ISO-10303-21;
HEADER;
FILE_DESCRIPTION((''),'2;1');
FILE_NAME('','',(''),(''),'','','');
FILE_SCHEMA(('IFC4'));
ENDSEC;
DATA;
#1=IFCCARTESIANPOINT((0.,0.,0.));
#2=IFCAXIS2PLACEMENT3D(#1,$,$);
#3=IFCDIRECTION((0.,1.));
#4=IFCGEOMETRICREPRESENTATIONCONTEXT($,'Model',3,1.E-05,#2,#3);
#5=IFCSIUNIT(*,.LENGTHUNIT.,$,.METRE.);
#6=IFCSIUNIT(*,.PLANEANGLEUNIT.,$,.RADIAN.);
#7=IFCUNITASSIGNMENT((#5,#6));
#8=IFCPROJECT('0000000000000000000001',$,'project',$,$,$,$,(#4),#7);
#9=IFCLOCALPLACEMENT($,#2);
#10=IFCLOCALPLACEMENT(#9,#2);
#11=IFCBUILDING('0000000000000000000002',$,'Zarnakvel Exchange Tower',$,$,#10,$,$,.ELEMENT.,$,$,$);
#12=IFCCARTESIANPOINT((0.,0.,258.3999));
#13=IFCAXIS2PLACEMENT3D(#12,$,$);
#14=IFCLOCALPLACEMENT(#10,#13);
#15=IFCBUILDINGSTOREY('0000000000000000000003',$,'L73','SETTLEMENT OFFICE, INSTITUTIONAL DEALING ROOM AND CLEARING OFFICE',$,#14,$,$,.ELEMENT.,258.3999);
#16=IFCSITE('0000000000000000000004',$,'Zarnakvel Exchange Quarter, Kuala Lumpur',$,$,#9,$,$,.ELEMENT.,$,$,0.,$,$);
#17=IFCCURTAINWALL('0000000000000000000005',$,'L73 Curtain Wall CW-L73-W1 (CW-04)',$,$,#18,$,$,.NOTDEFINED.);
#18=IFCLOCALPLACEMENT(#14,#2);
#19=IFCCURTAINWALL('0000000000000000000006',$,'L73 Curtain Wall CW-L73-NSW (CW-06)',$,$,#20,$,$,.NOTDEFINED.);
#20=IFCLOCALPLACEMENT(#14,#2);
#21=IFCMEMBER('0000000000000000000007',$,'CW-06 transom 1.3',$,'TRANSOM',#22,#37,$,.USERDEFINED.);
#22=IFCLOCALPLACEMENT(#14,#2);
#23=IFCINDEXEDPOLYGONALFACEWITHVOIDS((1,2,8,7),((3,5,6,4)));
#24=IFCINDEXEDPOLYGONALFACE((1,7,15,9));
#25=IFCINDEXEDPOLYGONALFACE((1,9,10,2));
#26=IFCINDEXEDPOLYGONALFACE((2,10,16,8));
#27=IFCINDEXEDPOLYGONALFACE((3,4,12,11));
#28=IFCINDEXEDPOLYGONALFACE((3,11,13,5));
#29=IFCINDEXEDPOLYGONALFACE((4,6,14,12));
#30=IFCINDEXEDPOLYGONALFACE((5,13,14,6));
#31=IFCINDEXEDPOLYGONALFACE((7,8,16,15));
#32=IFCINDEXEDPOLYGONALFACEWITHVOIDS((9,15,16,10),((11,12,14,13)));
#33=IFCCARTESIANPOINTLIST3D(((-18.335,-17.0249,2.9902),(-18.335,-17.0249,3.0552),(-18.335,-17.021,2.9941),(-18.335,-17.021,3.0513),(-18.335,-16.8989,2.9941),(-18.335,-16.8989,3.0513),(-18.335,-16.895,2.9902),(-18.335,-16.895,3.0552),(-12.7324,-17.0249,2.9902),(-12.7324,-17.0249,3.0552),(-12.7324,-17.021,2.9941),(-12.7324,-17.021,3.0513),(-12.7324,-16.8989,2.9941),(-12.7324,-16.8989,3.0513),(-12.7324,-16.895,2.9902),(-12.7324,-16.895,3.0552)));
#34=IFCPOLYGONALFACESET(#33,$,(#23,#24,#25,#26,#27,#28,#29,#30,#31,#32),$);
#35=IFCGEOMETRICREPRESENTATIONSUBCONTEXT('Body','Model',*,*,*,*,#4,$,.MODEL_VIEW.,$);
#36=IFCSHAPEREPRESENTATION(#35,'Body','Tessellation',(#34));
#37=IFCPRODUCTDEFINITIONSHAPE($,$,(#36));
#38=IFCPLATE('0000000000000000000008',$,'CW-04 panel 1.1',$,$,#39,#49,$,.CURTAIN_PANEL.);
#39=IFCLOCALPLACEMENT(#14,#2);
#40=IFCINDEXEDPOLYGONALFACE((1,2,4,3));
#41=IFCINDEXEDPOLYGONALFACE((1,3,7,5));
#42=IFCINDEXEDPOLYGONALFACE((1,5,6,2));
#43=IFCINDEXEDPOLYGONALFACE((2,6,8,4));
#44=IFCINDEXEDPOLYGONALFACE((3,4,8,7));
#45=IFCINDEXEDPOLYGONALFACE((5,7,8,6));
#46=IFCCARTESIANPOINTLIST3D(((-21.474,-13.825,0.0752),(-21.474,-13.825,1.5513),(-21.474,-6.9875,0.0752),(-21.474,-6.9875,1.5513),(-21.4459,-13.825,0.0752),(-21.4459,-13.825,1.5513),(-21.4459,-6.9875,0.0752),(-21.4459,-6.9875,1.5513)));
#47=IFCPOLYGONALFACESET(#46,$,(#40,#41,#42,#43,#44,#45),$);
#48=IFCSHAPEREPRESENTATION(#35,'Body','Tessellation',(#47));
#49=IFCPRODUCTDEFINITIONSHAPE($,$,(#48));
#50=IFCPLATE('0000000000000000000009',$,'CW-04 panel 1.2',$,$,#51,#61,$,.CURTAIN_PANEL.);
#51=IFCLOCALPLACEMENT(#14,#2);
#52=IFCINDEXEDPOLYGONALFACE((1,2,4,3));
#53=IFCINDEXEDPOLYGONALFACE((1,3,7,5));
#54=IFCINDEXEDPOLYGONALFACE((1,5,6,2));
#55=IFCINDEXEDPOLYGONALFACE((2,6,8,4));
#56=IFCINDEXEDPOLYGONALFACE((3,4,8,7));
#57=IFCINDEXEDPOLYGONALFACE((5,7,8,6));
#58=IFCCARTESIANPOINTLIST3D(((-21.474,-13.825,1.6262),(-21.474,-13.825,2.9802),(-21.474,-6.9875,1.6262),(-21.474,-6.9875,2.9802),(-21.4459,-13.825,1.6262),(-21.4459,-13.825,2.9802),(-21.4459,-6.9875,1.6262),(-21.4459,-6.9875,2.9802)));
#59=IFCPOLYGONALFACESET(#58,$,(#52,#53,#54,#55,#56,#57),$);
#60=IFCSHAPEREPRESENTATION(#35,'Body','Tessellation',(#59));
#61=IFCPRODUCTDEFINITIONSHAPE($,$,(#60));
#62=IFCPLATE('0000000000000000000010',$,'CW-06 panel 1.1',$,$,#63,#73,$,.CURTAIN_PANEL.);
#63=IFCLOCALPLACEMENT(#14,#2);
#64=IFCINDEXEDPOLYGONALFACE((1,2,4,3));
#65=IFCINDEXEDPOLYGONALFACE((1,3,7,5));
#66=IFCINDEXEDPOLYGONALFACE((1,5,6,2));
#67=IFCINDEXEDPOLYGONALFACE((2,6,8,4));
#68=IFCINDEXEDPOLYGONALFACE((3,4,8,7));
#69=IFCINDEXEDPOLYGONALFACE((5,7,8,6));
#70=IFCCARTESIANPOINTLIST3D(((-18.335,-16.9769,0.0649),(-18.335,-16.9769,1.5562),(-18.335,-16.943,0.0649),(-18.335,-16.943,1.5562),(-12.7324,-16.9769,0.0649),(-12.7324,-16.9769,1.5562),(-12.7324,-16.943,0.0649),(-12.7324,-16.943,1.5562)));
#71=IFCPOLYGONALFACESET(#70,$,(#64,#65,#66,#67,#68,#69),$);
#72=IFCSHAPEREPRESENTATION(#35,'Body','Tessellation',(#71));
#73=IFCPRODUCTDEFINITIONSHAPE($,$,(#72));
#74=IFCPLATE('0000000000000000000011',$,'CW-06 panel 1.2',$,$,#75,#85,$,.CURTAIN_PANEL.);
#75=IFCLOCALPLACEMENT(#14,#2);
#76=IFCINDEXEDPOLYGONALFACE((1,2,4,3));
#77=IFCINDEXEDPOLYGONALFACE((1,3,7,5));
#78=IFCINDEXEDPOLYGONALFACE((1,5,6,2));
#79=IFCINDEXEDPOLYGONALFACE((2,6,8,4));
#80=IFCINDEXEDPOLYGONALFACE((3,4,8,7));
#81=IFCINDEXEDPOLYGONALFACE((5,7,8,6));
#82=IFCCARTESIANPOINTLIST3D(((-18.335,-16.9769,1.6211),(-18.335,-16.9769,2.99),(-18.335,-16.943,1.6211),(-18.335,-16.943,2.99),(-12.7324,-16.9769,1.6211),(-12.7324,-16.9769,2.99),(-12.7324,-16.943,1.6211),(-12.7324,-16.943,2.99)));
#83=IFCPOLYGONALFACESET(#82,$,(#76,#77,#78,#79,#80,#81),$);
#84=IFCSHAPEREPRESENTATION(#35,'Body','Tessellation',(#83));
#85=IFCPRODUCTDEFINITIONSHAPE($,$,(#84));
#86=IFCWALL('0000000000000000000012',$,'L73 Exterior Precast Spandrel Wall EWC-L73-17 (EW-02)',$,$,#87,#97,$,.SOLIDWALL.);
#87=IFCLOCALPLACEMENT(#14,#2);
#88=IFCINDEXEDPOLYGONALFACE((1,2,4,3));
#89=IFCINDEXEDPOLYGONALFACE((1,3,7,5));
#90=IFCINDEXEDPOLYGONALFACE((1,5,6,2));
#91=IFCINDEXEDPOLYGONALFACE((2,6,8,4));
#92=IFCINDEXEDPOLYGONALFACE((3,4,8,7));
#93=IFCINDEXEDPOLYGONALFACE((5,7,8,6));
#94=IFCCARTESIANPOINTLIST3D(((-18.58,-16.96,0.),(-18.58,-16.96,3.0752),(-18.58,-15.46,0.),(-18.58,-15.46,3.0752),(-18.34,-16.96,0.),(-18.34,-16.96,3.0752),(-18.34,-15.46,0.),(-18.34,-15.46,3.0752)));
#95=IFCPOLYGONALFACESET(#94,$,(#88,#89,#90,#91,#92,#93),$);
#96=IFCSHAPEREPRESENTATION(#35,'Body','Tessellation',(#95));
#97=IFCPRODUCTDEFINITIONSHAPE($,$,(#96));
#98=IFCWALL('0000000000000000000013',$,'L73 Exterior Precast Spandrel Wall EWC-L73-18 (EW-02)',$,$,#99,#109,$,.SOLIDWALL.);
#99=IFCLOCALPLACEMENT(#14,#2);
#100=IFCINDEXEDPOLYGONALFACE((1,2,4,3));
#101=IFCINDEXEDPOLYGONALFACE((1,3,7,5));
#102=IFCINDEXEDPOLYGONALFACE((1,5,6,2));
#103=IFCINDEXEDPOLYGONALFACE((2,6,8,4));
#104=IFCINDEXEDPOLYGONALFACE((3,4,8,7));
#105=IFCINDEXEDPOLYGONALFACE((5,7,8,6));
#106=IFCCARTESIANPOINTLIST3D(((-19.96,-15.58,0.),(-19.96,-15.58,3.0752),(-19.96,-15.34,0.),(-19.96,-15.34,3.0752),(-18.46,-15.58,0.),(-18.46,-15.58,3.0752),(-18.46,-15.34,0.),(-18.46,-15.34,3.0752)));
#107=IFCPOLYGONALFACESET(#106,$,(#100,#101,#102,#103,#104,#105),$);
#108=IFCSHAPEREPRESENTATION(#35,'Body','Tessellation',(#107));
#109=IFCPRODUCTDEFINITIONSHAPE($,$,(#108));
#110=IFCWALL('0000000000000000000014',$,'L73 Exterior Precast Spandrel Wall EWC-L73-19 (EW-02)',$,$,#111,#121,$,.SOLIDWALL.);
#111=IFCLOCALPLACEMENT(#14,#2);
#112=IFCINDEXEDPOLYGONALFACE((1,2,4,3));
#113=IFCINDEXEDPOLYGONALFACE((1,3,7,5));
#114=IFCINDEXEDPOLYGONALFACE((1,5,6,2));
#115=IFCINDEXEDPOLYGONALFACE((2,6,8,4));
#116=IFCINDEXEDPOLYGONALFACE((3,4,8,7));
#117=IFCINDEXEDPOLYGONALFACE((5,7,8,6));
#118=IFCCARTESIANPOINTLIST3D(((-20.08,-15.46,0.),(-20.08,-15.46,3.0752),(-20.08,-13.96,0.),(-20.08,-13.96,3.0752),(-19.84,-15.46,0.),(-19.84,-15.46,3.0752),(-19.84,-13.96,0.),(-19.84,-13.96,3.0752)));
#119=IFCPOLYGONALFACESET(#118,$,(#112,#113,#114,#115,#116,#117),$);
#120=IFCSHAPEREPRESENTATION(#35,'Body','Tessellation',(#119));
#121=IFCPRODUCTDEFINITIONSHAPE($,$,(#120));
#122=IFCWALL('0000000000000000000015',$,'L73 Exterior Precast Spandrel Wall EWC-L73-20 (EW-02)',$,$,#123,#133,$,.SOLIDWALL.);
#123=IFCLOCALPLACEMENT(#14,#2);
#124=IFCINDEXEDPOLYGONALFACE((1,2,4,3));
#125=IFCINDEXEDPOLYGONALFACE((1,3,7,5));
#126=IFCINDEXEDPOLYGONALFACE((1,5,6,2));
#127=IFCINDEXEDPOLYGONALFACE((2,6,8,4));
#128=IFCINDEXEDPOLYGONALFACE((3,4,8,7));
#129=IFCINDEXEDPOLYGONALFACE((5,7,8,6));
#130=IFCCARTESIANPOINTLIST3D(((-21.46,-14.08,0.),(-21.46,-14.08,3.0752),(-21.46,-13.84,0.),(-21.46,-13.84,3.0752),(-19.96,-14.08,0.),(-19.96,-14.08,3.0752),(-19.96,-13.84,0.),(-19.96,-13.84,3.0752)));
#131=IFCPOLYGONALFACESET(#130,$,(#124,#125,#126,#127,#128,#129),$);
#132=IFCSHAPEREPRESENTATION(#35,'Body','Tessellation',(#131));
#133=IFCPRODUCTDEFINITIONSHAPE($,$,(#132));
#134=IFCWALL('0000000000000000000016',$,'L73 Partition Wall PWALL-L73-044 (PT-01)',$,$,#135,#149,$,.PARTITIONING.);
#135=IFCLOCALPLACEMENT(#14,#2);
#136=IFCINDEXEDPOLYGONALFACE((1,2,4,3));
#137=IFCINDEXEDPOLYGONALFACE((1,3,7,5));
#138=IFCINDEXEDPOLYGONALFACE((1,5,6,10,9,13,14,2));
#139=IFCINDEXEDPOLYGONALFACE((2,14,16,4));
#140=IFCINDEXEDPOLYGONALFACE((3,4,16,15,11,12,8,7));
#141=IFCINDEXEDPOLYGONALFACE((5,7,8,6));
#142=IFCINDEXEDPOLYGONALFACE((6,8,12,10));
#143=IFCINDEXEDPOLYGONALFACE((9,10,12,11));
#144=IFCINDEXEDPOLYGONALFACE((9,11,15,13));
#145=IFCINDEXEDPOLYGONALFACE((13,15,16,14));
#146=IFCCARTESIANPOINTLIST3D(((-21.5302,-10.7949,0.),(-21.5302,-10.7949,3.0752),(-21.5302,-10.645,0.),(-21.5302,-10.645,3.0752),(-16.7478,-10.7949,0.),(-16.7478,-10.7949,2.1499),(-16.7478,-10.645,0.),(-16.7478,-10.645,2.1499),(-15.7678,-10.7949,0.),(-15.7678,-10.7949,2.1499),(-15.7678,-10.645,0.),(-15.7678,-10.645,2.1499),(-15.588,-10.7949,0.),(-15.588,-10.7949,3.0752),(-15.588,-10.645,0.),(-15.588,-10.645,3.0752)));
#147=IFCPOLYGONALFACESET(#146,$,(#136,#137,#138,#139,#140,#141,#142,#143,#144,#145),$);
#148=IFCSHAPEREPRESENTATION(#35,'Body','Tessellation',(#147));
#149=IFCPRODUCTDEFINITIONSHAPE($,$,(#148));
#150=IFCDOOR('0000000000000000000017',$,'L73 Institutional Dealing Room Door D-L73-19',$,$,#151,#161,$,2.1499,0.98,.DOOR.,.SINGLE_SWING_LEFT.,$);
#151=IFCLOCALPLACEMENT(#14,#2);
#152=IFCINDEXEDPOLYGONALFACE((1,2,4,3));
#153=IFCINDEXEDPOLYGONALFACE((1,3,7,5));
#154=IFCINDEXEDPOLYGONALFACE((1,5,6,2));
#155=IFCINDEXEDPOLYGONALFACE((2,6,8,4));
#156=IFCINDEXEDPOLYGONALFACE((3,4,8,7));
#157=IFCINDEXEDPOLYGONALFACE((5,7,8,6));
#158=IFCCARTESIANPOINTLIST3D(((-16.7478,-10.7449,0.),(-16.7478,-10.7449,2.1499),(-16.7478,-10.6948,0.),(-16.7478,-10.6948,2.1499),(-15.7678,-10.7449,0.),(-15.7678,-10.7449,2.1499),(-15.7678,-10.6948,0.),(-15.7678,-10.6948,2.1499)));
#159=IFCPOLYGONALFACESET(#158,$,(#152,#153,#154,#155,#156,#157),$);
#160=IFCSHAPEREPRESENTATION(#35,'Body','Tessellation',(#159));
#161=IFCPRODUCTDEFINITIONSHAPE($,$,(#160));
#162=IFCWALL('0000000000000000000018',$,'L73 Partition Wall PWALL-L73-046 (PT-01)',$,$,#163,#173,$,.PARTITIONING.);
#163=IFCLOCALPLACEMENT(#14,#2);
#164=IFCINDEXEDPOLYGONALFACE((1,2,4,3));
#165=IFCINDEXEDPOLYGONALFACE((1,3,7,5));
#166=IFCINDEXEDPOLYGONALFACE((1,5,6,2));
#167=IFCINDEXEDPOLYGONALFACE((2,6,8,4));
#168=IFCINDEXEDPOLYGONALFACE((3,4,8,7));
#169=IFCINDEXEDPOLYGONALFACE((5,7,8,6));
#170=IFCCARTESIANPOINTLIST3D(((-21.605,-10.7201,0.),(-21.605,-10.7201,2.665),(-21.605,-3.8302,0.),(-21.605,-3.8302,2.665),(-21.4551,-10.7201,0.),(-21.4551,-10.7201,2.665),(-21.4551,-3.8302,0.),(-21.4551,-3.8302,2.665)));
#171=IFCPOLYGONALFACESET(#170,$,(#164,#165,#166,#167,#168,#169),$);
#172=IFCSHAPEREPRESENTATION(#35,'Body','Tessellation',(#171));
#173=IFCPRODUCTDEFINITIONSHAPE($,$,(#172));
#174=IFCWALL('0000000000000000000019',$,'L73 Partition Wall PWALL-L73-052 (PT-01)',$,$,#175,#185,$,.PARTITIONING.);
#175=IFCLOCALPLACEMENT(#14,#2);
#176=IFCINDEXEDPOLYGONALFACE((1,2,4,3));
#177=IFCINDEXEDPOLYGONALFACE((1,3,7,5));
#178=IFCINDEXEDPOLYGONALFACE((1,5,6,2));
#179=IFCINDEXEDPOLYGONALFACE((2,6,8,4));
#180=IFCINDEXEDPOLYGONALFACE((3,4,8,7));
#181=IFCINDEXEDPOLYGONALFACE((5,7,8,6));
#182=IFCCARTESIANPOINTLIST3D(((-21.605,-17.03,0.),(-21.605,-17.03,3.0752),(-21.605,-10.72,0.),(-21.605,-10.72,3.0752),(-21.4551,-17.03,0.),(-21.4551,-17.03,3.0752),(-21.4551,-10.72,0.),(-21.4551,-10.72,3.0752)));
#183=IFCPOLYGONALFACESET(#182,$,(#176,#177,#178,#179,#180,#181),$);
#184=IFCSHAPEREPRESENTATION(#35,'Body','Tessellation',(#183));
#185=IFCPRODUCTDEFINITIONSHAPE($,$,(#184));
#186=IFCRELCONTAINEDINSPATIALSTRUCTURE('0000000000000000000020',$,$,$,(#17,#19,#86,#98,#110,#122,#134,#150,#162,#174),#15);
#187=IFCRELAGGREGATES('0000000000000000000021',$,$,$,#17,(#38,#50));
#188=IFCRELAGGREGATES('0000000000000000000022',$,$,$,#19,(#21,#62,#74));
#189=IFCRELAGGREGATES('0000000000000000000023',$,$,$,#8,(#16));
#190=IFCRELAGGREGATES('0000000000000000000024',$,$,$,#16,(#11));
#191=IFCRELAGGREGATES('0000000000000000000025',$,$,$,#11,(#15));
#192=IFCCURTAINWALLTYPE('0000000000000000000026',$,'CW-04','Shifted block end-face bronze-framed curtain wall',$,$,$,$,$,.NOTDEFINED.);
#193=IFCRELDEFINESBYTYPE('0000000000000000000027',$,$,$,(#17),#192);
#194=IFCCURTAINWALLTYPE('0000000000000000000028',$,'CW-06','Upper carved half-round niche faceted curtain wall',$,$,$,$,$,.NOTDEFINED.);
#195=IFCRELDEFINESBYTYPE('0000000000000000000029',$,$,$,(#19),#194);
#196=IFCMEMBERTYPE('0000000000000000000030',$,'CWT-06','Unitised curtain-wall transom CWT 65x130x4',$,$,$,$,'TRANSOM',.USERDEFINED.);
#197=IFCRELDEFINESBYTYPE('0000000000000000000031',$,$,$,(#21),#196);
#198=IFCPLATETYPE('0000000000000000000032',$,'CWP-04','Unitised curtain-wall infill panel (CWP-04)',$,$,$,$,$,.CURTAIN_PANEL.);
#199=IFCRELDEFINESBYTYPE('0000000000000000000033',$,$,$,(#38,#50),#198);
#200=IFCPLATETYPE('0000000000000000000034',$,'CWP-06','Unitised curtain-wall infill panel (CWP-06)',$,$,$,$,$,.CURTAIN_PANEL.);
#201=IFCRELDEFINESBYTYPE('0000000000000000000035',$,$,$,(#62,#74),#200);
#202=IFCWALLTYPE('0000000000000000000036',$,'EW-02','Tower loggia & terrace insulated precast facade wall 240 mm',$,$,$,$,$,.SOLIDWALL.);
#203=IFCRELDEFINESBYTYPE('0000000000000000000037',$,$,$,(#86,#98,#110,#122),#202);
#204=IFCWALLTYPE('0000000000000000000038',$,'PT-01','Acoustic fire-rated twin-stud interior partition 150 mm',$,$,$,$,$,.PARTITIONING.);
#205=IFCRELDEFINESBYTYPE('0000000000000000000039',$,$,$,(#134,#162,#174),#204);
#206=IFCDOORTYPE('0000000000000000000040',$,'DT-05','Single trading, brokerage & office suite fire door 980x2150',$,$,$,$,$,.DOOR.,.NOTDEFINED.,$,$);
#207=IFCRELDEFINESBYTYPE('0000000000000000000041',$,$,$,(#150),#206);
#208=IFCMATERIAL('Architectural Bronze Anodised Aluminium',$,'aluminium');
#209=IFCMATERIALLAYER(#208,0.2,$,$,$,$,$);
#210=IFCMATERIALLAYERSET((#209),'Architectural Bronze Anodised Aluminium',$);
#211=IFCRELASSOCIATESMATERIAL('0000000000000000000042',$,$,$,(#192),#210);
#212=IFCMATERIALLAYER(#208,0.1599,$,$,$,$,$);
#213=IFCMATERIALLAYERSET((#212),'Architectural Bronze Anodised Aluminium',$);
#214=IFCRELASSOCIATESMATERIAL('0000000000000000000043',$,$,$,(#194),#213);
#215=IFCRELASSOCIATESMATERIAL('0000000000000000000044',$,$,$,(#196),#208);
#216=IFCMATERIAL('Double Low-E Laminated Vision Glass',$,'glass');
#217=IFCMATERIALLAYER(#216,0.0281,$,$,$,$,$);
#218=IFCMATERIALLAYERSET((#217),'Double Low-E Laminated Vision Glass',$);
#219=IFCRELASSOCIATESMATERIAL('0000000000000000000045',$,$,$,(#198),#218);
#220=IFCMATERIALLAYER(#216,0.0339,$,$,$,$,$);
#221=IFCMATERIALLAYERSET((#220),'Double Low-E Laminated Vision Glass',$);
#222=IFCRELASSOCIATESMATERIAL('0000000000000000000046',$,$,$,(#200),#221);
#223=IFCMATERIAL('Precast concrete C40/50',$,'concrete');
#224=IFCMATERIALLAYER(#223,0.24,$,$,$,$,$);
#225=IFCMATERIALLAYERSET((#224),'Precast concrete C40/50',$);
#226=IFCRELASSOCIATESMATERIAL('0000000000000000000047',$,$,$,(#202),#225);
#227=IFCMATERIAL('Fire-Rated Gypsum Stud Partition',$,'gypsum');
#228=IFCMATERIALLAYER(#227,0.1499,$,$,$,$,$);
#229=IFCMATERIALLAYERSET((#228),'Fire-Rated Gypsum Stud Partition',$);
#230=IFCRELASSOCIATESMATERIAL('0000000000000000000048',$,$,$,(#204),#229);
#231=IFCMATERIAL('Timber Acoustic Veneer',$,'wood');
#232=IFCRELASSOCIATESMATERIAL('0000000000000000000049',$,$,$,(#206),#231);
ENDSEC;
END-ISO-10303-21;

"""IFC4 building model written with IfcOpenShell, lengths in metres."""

from ifc_helpers import new_model, si_unit, direction, frame, frame_2d, origin, origin_2d, place, context, subcontext, project, spatial, rectangle, hollow_rectangle, extrude, source, transform, mapped, material, layer, layer_set, material_profile, profile_set, type_object, element, fill, aggregate, save


model = new_model("IFC4")

# Units and contexts
model_context = context("Model", 3, precision=1e-05, world=origin(), true_north=direction((0.0, 1.0)))
body_context = subcontext(model_context, "Body", "Model", "MODEL_VIEW")
ifc_project = project(units=[si_unit("LENGTHUNIT", "METRE"), si_unit("PLANEANGLEUNIT", "RADIAN")], contexts=[model_context])

# Site, building, storey
site_placement = place(None, origin())
site = spatial("IfcSite", under=ifc_project, at=site_placement, Name="Zarnakvel Exchange Quarter, Kuala Lumpur", CompositionType="ELEMENT", RefElevation=0.0)
building_placement = place(site_placement, origin())
building = spatial("IfcBuilding", under=site, at=building_placement, Name="Zarnakvel Exchange Tower", CompositionType="ELEMENT")
storey_placement = place(building_placement, frame((0.0, 0.0, 258.3999)))
storey = spatial("IfcBuildingStorey", under=building, at=storey_placement, Name="L73", Description="SETTLEMENT OFFICE, INSTITUTIONAL DEALING ROOM AND CLEARING OFFICE", CompositionType="ELEMENT", Elevation=258.3999)

# Curtain walls, member
ifc_material_1 = material(Name="Architectural Bronze Anodised Aluminium", Category="aluminium")
ifc_layer_1 = layer(ifc_material_1, 0.2)
ifc_layer_set_1 = layer_set([ifc_layer_1], Name="Architectural Bronze Anodised Aluminium")
curtain_wall_type_1 = type_object("IfcCurtainWallType", Name="CW-04", Description="Shifted block end-face bronze-framed curtain wall", PredefinedType="NOTDEFINED", material=ifc_layer_set_1)
curtain_wall_1_placement = place(storey_placement, origin())
curtain_wall_1 = element("IfcCurtainWall", 1, at=curtain_wall_1_placement, inside=storey, type_object=curtain_wall_type_1, Name="L73 Curtain Wall CW-L73-W1 (CW-04)", PredefinedType="NOTDEFINED")
ifc_layer_2 = layer(ifc_material_1, 0.1599)
ifc_layer_set_2 = layer_set([ifc_layer_2], Name="Architectural Bronze Anodised Aluminium")
curtain_wall_type_2 = type_object("IfcCurtainWallType", Name="CW-06", Description="Upper carved half-round niche faceted curtain wall", PredefinedType="NOTDEFINED", material=ifc_layer_set_2)
curtain_wall_2_placement = place(storey_placement, origin())
curtain_wall_2 = element("IfcCurtainWall", 2, at=curtain_wall_2_placement, inside=storey, type_object=curtain_wall_type_2, Name="L73 Curtain Wall CW-L73-NSW (CW-06)", PredefinedType="NOTDEFINED")
ifc_material_profile_1 = material_profile(ifc_material_1, hollow_rectangle(XDim=0.1299, YDim=0.0649, WallThickness=0.0039, at=origin_2d()))
ifc_profile_set_1 = profile_set([ifc_material_profile_1], Name="Architectural Bronze Anodised Aluminium")
member_type_1 = type_object("IfcMemberType", Name="CWT-06", Description="Unitised curtain-wall transom CWT 65x130x4", ElementType="TRANSOM", PredefinedType="USERDEFINED", material=ifc_profile_set_1)
shared_shape_1 = source(origin(), body_context, "Body", "SweptSolid", [
    extrude(hollow_rectangle(XDim=0.1299, YDim=0.0649, WallThickness=0.0039, at=origin_2d()), origin(), (0.0, 0.0, 1.0), 5.6025),
])
member_1_placement = place(storey_placement, frame((-18.335, -16.96, 3.0227), z_axis=(1.0, 0.0, 0.0), x_axis=(0.0, 1.0, 0.0)))
member_1 = element("IfcMember", 3, at=member_1_placement, type_object=member_type_1, Name="CW-06 transom 1.3", ObjectType="TRANSOM", PredefinedType="USERDEFINED", context=body_context, shape_type="MappedRepresentation", body=[
    mapped(shared_shape_1, transform((0.0, 0.0, 0.0), x_axis=(1.0, 0.0, 0.0), y_axis=(0.0, 1.0, 0.0), z_axis=(0.0, 0.0, 1.0), scale=1.0)),
])

# Plates
ifc_material_2 = material(Name="Double Low-E Laminated Vision Glass", Category="glass")
ifc_layer_3 = layer(ifc_material_2, 0.0281)
ifc_layer_set_3 = layer_set([ifc_layer_3], Name="Double Low-E Laminated Vision Glass")
plate_type_1 = type_object("IfcPlateType", Name="CWP-04", Description="Unitised curtain-wall infill panel (CWP-04)", PredefinedType="CURTAIN_PANEL", material=ifc_layer_set_3)
shared_shape_2 = source(origin(), body_context, "Body", "SweptSolid", [
    extrude(rectangle(XDim=6.8374, YDim=0.0281, at=origin_2d()), origin(), (0.0, 0.0, 1.0), 1.4761),
])
plate_1_placement = place(storey_placement, frame((-21.46, -10.4062, 0.0752), z_axis=(0.0, 0.0, 1.0), x_axis=(0.0, 1.0, 0.0)))
plate_1 = element("IfcPlate", 4, at=plate_1_placement, type_object=plate_type_1, Name="CW-04 panel 1.1", PredefinedType="CURTAIN_PANEL", context=body_context, shape_type="MappedRepresentation", body=[
    mapped(shared_shape_2, transform((0.0, 0.0, 0.0), x_axis=(1.0, 0.0, 0.0), y_axis=(0.0, 1.0, 0.0), z_axis=(0.0, 0.0, 1.0), scale=1.0)),
])
shared_shape_3 = source(origin(), body_context, "Body", "SweptSolid", [
    extrude(rectangle(XDim=6.8374, YDim=0.0281, at=origin_2d()), origin(), (0.0, 0.0, 1.0), 1.354),
])
plate_2_placement = place(storey_placement, frame((-21.46, -10.4062, 1.6262), z_axis=(0.0, 0.0, 1.0), x_axis=(0.0, 1.0, 0.0)))
plate_2 = element("IfcPlate", 5, at=plate_2_placement, type_object=plate_type_1, Name="CW-04 panel 1.2", PredefinedType="CURTAIN_PANEL", context=body_context, shape_type="MappedRepresentation", body=[
    mapped(shared_shape_3, transform((0.0, 0.0, 0.0), x_axis=(1.0, 0.0, 0.0), y_axis=(0.0, 1.0, 0.0), z_axis=(0.0, 0.0, 1.0), scale=1.0)),
])
aggregate(curtain_wall_1, [plate_1, plate_2])
ifc_layer_4 = layer(ifc_material_2, 0.0339)
ifc_layer_set_4 = layer_set([ifc_layer_4], Name="Double Low-E Laminated Vision Glass")
plate_type_2 = type_object("IfcPlateType", Name="CWP-06", Description="Unitised curtain-wall infill panel (CWP-06)", PredefinedType="CURTAIN_PANEL", material=ifc_layer_set_4)
shared_shape_4 = source(origin(), body_context, "Body", "SweptSolid", [
    extrude(rectangle(XDim=5.6025, YDim=0.0339, at=origin_2d()), origin(), (0.0, 0.0, 1.0), 1.4912),
])
plate_3_placement = place(storey_placement, frame((-15.5337, -16.96, 0.0649), z_axis=(0.0, 0.0, 1.0), x_axis=(1.0, 0.0, 0.0)))
plate_3 = element("IfcPlate", 6, at=plate_3_placement, type_object=plate_type_2, Name="CW-06 panel 1.1", PredefinedType="CURTAIN_PANEL", context=body_context, shape_type="MappedRepresentation", body=[
    mapped(shared_shape_4, transform((0.0, 0.0, 0.0), x_axis=(1.0, 0.0, 0.0), y_axis=(0.0, 1.0, 0.0), z_axis=(0.0, 0.0, 1.0), scale=1.0)),
])
shared_shape_5 = source(origin(), body_context, "Body", "SweptSolid", [
    extrude(rectangle(XDim=5.6025, YDim=0.0339, at=origin_2d()), origin(), (0.0, 0.0, 1.0), 1.3689),
])
plate_4_placement = place(storey_placement, frame((-15.5337, -16.96, 1.6211), z_axis=(0.0, 0.0, 1.0), x_axis=(1.0, 0.0, 0.0)))
plate_4 = element("IfcPlate", 7, at=plate_4_placement, type_object=plate_type_2, Name="CW-06 panel 1.2", PredefinedType="CURTAIN_PANEL", context=body_context, shape_type="MappedRepresentation", body=[
    mapped(shared_shape_5, transform((0.0, 0.0, 0.0), x_axis=(1.0, 0.0, 0.0), y_axis=(0.0, 1.0, 0.0), z_axis=(0.0, 0.0, 1.0), scale=1.0)),
])
aggregate(curtain_wall_2, [member_1, plate_3, plate_4])

# Walls
ifc_material_3 = material(Name="Precast concrete C40/50", Category="concrete")
ifc_layer_5 = layer(ifc_material_3, 0.24)
ifc_layer_set_5 = layer_set([ifc_layer_5], Name="Precast concrete C40/50")
wall_type_1 = type_object("IfcWallType", Name="EW-02", Description="Tower loggia & terrace insulated precast facade wall 240 mm", PredefinedType="SOLIDWALL", material=ifc_layer_set_5)
for number, where, z_axis, x_axis, name in (
    (8, (-18.46, -15.46, 0.0), (0.0, 0.0, 1.0), (0.0, -1.0, 0.0), "L73 Exterior Precast Spandrel Wall EWC-L73-17 (EW-02)"),
    (9, (-19.96, -15.46, 0.0), (0.0, 0.0, 1.0), (1.0, 0.0, 0.0), "L73 Exterior Precast Spandrel Wall EWC-L73-18 (EW-02)"),
    (10, (-19.96, -13.96, 0.0), (0.0, 0.0, 1.0), (0.0, -1.0, 0.0), "L73 Exterior Precast Spandrel Wall EWC-L73-19 (EW-02)"),
    (11, (-21.46, -13.96, 0.0), (0.0, 0.0, 1.0), (1.0, 0.0, 0.0), "L73 Exterior Precast Spandrel Wall EWC-L73-20 (EW-02)"),
):
    element("IfcWall", number, at=place(storey_placement, frame(where, z_axis=z_axis, x_axis=x_axis)), inside=storey, type_object=wall_type_1, Name=name, PredefinedType="SOLIDWALL", context=body_context, shape_type="SweptSolid", body=[
        extrude(rectangle(XDim=1.5, YDim=0.24, at=frame_2d((0.75, 0.0))), origin(), (0.0, 0.0, 1.0), 3.0752),
    ])

# Wall, opening, door
ifc_material_4 = material(Name="Fire-Rated Gypsum Stud Partition", Category="gypsum")
ifc_layer_6 = layer(ifc_material_4, 0.1499)
ifc_layer_set_6 = layer_set([ifc_layer_6], Name="Fire-Rated Gypsum Stud Partition")
wall_type_2 = type_object("IfcWallType", Name="PT-01", Description="Acoustic fire-rated twin-stud interior partition 150 mm", PredefinedType="PARTITIONING", material=ifc_layer_set_6)
wall_1_placement = place(storey_placement, frame((-15.5879, -10.72, 0.0), z_axis=(0.0, 0.0, 1.0), x_axis=(-1.0, 0.0, 0.0)))
wall_1 = element("IfcWall", 12, at=wall_1_placement, inside=storey, type_object=wall_type_2, Name="L73 Partition Wall PWALL-L73-044 (PT-01)", PredefinedType="PARTITIONING", context=body_context, shape_type="SweptSolid", body=[
    extrude(rectangle(XDim=5.9421, YDim=0.1499, at=frame_2d((2.9712, 0.0))), origin(), (0.0, 0.0, 1.0), 3.0752),
])
opening_placement = place(wall_1_placement, frame((0.1799, 0.0, 0.0)))
opening = element("IfcOpeningElement", 13, at=opening_placement, cuts=wall_1, PredefinedType="OPENING", context=body_context, shape_type="SweptSolid", body=[
    extrude(rectangle(XDim=0.98, YDim=2.1499, at=frame_2d((0.49, 1.075))), frame((0.0, 0.085, 0.0), z_axis=(0.0, -1.0, 0.0), x_axis=(1.0, 0.0, 0.0)), (0.0, 0.0, 1.0), 0.1699),
])
ifc_material_5 = material(Name="Timber Acoustic Veneer", Category="wood")
door_type = type_object("IfcDoorType", Name="DT-05", Description="Single trading, brokerage & office suite fire door 980x2150", OperationType="NOTDEFINED", PredefinedType="DOOR", material=ifc_material_5)
shared_shape_6 = source(origin(), body_context, "Body", "SweptSolid", [
    extrude(rectangle(XDim=0.98, YDim=2.1499, at=frame_2d((0.49, 1.075))), frame((0.0, 0.0249, 0.0), z_axis=(0.0, -1.0, 0.0), x_axis=(1.0, 0.0, 0.0)), (0.0, 0.0, 1.0), 0.05),
])
door_placement = place(opening_placement, origin())
door = element("IfcDoor", 14, at=door_placement, inside=storey, type_object=door_type, Name="L73 Institutional Dealing Room Door D-L73-19", OperationType="SINGLE_SWING_LEFT", OverallHeight=2.1499, OverallWidth=0.98, PredefinedType="DOOR", context=body_context, shape_type="MappedRepresentation", body=[
    mapped(shared_shape_6, transform((0.0, 0.0, 0.0), x_axis=(1.0, 0.0, 0.0), y_axis=(0.0, 1.0, 0.0), z_axis=(0.0, 0.0, 1.0), scale=1.0)),
])
fill(opening, door)

# Walls
wall_2_placement = place(storey_placement, frame((-21.53, -10.72, 0.0), z_axis=(0.0, 0.0, 1.0), x_axis=(0.0, 1.0, 0.0)))
element("IfcWall", 15, at=wall_2_placement, inside=storey, type_object=wall_type_2, Name="L73 Partition Wall PWALL-L73-046 (PT-01)", PredefinedType="PARTITIONING", context=body_context, shape_type="SweptSolid", body=[
    extrude(rectangle(XDim=6.8899, YDim=0.1499, at=frame_2d((3.4448, 0.0))), origin(), (0.0, 0.0, 1.0), 2.665),
])
wall_3_placement = place(storey_placement, frame((-21.53, -17.03, 0.0), z_axis=(0.0, 0.0, 1.0), x_axis=(0.0, 1.0, 0.0)))
element("IfcWall", 16, at=wall_3_placement, inside=storey, type_object=wall_type_2, Name="L73 Partition Wall PWALL-L73-052 (PT-01)", PredefinedType="PARTITIONING", context=body_context, shape_type="SweptSolid", body=[
    extrude(rectangle(XDim=6.3101, YDim=0.1499, at=frame_2d((3.155, 0.0))), origin(), (0.0, 0.0, 1.0), 3.0752),
])

save(model, "model.ifc")
